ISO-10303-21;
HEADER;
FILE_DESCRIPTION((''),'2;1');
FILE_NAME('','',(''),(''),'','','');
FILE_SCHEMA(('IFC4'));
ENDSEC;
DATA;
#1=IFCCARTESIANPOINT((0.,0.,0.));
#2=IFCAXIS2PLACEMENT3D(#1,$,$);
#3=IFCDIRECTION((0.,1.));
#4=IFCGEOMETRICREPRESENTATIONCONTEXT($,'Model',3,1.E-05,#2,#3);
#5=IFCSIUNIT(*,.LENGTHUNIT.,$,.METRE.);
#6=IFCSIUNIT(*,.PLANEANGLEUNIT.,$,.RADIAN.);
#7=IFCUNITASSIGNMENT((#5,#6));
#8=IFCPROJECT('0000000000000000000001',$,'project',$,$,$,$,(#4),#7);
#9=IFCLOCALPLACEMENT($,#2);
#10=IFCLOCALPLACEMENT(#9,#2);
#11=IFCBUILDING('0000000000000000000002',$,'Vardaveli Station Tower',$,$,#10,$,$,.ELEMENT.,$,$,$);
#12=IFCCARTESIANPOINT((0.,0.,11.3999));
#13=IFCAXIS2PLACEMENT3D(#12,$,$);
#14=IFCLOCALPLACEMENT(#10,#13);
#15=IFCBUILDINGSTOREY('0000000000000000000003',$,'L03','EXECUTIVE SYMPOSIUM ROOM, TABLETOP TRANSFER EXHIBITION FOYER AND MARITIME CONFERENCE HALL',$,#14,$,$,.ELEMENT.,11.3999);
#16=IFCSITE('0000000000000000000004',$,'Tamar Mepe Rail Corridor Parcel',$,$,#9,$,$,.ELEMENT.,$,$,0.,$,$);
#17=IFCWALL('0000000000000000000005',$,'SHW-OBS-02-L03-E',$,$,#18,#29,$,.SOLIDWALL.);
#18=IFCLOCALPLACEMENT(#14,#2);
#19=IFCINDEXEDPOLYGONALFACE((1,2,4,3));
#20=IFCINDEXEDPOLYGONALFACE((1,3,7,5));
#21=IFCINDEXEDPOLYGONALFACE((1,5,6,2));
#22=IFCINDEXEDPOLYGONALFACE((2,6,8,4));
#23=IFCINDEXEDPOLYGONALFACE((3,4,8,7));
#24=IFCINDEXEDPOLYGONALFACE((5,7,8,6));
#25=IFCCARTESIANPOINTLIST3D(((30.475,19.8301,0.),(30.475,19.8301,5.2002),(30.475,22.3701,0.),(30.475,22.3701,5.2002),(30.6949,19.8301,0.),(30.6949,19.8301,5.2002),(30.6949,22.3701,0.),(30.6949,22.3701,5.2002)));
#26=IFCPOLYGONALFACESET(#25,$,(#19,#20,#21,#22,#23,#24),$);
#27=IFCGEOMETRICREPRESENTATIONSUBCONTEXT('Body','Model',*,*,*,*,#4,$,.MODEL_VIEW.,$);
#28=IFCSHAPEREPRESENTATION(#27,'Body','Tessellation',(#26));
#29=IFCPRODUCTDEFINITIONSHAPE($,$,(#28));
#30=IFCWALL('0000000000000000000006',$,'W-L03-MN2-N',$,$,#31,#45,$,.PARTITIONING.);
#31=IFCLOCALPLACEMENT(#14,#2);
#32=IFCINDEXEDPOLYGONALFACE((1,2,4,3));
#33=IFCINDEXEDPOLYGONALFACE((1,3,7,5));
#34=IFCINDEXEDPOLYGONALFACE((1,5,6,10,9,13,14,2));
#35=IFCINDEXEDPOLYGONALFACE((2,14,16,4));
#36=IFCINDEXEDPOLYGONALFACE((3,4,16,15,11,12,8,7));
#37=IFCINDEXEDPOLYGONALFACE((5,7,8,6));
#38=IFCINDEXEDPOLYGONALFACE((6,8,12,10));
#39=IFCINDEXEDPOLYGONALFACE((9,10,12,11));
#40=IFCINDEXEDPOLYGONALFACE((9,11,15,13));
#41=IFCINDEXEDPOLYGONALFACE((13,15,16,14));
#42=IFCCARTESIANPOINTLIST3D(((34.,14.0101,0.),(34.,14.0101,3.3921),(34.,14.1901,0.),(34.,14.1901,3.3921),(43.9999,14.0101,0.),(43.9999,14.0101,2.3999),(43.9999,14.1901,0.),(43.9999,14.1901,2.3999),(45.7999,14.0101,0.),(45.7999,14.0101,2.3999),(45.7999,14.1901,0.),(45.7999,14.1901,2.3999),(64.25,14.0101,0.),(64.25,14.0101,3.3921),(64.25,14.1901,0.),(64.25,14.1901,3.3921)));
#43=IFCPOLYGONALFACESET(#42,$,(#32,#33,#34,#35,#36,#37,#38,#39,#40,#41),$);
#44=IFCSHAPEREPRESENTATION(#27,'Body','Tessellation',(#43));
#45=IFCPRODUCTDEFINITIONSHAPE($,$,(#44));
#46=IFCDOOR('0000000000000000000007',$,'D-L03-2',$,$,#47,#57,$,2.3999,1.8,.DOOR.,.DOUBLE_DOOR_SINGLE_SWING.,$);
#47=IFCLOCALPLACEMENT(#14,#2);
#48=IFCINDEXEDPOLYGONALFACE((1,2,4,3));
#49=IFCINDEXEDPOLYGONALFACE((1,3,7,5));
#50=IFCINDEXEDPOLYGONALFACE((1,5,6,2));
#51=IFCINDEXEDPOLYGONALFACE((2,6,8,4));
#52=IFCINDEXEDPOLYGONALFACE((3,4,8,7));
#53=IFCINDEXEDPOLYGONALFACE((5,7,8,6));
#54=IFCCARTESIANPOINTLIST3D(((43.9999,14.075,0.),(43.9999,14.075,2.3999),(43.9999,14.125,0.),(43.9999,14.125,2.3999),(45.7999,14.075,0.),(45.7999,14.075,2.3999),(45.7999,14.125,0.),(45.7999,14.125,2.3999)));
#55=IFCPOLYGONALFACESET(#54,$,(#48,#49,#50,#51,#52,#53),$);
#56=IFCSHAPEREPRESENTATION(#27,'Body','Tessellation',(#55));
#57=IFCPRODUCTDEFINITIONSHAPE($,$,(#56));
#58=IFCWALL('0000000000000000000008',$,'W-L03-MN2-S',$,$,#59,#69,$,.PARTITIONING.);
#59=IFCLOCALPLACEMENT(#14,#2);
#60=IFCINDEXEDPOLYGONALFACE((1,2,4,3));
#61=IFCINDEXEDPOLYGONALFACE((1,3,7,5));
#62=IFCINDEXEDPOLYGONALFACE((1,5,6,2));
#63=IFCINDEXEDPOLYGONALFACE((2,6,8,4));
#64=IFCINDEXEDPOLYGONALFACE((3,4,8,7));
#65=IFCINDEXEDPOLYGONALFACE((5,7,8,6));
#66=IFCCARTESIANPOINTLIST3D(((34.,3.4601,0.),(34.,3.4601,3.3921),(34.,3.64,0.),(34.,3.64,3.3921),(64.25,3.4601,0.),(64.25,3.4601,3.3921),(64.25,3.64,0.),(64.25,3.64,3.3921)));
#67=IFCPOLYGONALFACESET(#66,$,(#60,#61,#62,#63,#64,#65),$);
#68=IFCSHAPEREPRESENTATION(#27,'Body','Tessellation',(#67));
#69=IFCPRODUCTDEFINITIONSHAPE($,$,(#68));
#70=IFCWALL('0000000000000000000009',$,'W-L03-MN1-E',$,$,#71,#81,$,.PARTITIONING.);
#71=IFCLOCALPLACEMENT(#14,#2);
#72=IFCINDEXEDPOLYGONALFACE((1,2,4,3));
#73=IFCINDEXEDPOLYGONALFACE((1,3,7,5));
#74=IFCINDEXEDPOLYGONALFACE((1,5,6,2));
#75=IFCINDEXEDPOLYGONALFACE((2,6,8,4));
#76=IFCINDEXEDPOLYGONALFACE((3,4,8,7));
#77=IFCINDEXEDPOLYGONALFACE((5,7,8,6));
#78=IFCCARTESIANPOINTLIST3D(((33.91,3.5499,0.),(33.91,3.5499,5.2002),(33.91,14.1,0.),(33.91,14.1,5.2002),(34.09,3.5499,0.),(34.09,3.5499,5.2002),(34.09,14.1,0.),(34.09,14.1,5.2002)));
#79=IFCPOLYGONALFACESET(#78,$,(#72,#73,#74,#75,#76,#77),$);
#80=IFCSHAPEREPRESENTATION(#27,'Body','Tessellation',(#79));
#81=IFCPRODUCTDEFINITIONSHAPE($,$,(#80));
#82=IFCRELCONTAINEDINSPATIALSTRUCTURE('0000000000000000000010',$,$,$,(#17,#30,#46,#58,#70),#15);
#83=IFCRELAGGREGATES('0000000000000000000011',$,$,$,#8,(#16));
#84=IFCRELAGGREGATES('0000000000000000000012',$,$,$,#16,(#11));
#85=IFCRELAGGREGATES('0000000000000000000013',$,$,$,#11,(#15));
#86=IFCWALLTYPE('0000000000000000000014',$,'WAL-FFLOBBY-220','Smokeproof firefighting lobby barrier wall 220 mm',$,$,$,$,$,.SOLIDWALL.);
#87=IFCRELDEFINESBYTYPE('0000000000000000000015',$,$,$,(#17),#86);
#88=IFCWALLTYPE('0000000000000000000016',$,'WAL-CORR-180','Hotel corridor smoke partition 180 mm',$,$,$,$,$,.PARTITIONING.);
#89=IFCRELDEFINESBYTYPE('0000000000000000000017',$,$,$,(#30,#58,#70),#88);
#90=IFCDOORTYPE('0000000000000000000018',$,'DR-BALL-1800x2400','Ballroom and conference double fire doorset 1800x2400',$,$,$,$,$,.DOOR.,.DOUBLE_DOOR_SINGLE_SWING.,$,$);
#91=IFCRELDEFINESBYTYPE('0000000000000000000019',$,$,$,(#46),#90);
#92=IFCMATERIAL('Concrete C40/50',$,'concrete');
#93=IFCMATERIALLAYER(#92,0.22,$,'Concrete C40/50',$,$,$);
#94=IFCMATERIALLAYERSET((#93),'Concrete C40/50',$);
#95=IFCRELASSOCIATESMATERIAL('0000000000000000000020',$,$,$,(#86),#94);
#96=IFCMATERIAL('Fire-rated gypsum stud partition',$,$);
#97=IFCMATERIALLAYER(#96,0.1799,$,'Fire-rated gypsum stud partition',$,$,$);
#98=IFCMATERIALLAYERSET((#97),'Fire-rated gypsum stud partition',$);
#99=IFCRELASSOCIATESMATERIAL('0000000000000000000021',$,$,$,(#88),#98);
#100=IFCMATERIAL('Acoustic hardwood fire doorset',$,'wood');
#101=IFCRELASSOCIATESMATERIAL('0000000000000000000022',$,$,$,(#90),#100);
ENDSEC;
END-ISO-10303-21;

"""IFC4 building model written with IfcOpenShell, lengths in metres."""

from ifc_helpers import new_model, si_unit, direction, frame, frame_2d, origin, place, context, subcontext, project, spatial, rectangle, extrude, source, transform, mapped, material, layer, layer_set, type_object, element, fill, save


model = new_model("IFC4")

# Units and contexts
model_context = context("Model", 3, precision=1e-05, world=origin(), true_north=direction((0.0, 1.0)))
body_context = subcontext(model_context, "Body", "Model", "MODEL_VIEW")
ifc_project = project(units=[si_unit("LENGTHUNIT", "METRE"), si_unit("PLANEANGLEUNIT", "RADIAN")], contexts=[model_context])

# Site, building, storey
site_placement = place(None, origin())
site = spatial("IfcSite", under=ifc_project, at=site_placement, Name="Tamar Mepe Rail Corridor Parcel", CompositionType="ELEMENT", RefElevation=0.0)
building_placement = place(site_placement, origin())
building = spatial("IfcBuilding", under=site, at=building_placement, Name="Vardaveli Station Tower", CompositionType="ELEMENT")
storey_placement = place(building_placement, frame((0.0, 0.0, 11.3999)))
storey = spatial("IfcBuildingStorey", under=building, at=storey_placement, Name="L03", Description="EXECUTIVE SYMPOSIUM ROOM, TABLETOP TRANSFER EXHIBITION FOYER AND MARITIME CONFERENCE HALL", CompositionType="ELEMENT", Elevation=11.3999)

# Wall
ifc_material_1 = material(Name="Concrete C40/50", Category="concrete")
ifc_layer_1 = layer(ifc_material_1, 0.22, Name="Concrete C40/50")
ifc_layer_set_1 = layer_set([ifc_layer_1], Name="Concrete C40/50")
wall_type_1 = type_object("IfcWallType", Name="WAL-FFLOBBY-220", Description="Smokeproof firefighting lobby barrier wall 220 mm", PredefinedType="SOLIDWALL", material=ifc_layer_set_1)
shared_shape_1 = source(origin(), body_context, "Body", "SweptSolid", [
    extrude(rectangle(XDim=2.54, YDim=0.22, at=frame_2d((1.27, 0.0))), origin(), (0.0, 0.0, 1.0), 5.2002),
])
for number, where, z_axis, x_axis, name in (
    (1, (30.585, 19.8301, 0.0), (0.0, 0.0, 1.0), (0.0, 1.0, 0.0), "SHW-OBS-02-L03-E"),
):
    element("IfcWall", number, at=place(storey_placement, frame(where, z_axis=z_axis, x_axis=x_axis)), inside=storey, type_object=wall_type_1, Name=name, PredefinedType="SOLIDWALL", context=body_context, shape_type="MappedRepresentation", body=[
        mapped(shared_shape_1, transform((0.0, 0.0, 0.0), scale=1.0)),
    ])

# Wall, opening, door
ifc_material_2 = material(Name="Fire-rated gypsum stud partition")
ifc_layer_2 = layer(ifc_material_2, 0.1799, Name="Fire-rated gypsum stud partition")
ifc_layer_set_2 = layer_set([ifc_layer_2], Name="Fire-rated gypsum stud partition")
wall_type_2 = type_object("IfcWallType", Name="WAL-CORR-180", Description="Hotel corridor smoke partition 180 mm", PredefinedType="PARTITIONING", material=ifc_layer_set_2)
shared_shape_2 = source(origin(), body_context, "Body", "SweptSolid", [
    extrude(rectangle(XDim=30.25, YDim=0.1799, at=frame_2d((15.125, 0.0))), origin(), (0.0, 0.0, 1.0), 3.3921),
])
wall_1_placement = place(storey_placement, frame((34.0, 14.1001, 0.0), z_axis=(0.0, 0.0, 1.0), x_axis=(1.0, 0.0, 0.0)))
wall_1 = element("IfcWall", 2, at=wall_1_placement, inside=storey, type_object=wall_type_2, Name="W-L03-MN2-N", PredefinedType="PARTITIONING", context=body_context, shape_type="MappedRepresentation", body=[
    mapped(shared_shape_2, transform((0.0, 0.0, 0.0), scale=1.0)),
])
shared_shape_3 = source(origin(), body_context, "Body", "SweptSolid", [
    extrude(rectangle(XDim=1.8, YDim=2.3999, at=frame_2d((0.8999, 1.2))), frame((0.0, 0.1001, 0.0), z_axis=(0.0, -1.0, 0.0), x_axis=(1.0, 0.0, 0.0)), (0.0, 0.0, 1.0), 0.2),
])
opening_1_placement = place(wall_1_placement, frame((10.0, 0.0, 0.0)))
opening_1 = element("IfcOpeningElement", 3, at=opening_1_placement, cuts=wall_1, PredefinedType="OPENING", context=body_context, shape_type="MappedRepresentation", body=[
    mapped(shared_shape_3, transform((0.0, 0.0, 0.0), scale=1.0)),
])
ifc_material_3 = material(Name="Acoustic hardwood fire doorset", Category="wood")
door_type = type_object("IfcDoorType", Name="DR-BALL-1800x2400", Description="Ballroom and conference double fire doorset 1800x2400", OperationType="DOUBLE_DOOR_SINGLE_SWING", PredefinedType="DOOR", material=ifc_material_3)
shared_shape_4 = source(origin(), body_context, "Body", "SweptSolid", [
    extrude(rectangle(XDim=1.8, YDim=2.3999, at=frame_2d((0.8999, 1.2))), frame((0.0, 0.0249, 0.0), z_axis=(0.0, -1.0, 0.0), x_axis=(1.0, 0.0, 0.0)), (0.0, 0.0, 1.0), 0.05),
])
door_placement = place(opening_1_placement, origin())
door = element("IfcDoor", 4, at=door_placement, inside=storey, type_object=door_type, Name="D-L03-2", OperationType="DOUBLE_DOOR_SINGLE_SWING", OverallHeight=2.3999, OverallWidth=1.8, PredefinedType="DOOR", context=body_context, shape_type="MappedRepresentation", body=[
    mapped(shared_shape_4, transform((0.0, 0.0, 0.0), scale=1.0)),
])
fill(opening_1, door)

# Walls
wall_2_placement = place(storey_placement, frame((34.0, 3.55, 0.0), z_axis=(0.0, 0.0, 1.0), x_axis=(1.0, 0.0, 0.0)))
element("IfcWall", 5, at=wall_2_placement, inside=storey, type_object=wall_type_2, Name="W-L03-MN2-S", PredefinedType="PARTITIONING", context=body_context, shape_type="MappedRepresentation", body=[
    mapped(shared_shape_2, transform((0.0, 0.0, 0.0), scale=1.0)),
])
shared_shape_5 = source(origin(), body_context, "Body", "SweptSolid", [
    extrude(rectangle(XDim=10.55, YDim=0.1799, at=frame_2d((5.2749, 0.0))), origin(), (0.0, 0.0, 1.0), 5.2002),
])
wall_3_placement = place(storey_placement, frame((34.0, 3.55, 0.0), z_axis=(0.0, 0.0, 1.0), x_axis=(0.0, 1.0, 0.0)))
element("IfcWall", 6, at=wall_3_placement, inside=storey, type_object=wall_type_2, Name="W-L03-MN1-E", PredefinedType="PARTITIONING", context=body_context, shape_type="MappedRepresentation", body=[
    mapped(shared_shape_5, transform((0.0, 0.0, 0.0), scale=1.0)),
])

save(model, "model.ifc")
